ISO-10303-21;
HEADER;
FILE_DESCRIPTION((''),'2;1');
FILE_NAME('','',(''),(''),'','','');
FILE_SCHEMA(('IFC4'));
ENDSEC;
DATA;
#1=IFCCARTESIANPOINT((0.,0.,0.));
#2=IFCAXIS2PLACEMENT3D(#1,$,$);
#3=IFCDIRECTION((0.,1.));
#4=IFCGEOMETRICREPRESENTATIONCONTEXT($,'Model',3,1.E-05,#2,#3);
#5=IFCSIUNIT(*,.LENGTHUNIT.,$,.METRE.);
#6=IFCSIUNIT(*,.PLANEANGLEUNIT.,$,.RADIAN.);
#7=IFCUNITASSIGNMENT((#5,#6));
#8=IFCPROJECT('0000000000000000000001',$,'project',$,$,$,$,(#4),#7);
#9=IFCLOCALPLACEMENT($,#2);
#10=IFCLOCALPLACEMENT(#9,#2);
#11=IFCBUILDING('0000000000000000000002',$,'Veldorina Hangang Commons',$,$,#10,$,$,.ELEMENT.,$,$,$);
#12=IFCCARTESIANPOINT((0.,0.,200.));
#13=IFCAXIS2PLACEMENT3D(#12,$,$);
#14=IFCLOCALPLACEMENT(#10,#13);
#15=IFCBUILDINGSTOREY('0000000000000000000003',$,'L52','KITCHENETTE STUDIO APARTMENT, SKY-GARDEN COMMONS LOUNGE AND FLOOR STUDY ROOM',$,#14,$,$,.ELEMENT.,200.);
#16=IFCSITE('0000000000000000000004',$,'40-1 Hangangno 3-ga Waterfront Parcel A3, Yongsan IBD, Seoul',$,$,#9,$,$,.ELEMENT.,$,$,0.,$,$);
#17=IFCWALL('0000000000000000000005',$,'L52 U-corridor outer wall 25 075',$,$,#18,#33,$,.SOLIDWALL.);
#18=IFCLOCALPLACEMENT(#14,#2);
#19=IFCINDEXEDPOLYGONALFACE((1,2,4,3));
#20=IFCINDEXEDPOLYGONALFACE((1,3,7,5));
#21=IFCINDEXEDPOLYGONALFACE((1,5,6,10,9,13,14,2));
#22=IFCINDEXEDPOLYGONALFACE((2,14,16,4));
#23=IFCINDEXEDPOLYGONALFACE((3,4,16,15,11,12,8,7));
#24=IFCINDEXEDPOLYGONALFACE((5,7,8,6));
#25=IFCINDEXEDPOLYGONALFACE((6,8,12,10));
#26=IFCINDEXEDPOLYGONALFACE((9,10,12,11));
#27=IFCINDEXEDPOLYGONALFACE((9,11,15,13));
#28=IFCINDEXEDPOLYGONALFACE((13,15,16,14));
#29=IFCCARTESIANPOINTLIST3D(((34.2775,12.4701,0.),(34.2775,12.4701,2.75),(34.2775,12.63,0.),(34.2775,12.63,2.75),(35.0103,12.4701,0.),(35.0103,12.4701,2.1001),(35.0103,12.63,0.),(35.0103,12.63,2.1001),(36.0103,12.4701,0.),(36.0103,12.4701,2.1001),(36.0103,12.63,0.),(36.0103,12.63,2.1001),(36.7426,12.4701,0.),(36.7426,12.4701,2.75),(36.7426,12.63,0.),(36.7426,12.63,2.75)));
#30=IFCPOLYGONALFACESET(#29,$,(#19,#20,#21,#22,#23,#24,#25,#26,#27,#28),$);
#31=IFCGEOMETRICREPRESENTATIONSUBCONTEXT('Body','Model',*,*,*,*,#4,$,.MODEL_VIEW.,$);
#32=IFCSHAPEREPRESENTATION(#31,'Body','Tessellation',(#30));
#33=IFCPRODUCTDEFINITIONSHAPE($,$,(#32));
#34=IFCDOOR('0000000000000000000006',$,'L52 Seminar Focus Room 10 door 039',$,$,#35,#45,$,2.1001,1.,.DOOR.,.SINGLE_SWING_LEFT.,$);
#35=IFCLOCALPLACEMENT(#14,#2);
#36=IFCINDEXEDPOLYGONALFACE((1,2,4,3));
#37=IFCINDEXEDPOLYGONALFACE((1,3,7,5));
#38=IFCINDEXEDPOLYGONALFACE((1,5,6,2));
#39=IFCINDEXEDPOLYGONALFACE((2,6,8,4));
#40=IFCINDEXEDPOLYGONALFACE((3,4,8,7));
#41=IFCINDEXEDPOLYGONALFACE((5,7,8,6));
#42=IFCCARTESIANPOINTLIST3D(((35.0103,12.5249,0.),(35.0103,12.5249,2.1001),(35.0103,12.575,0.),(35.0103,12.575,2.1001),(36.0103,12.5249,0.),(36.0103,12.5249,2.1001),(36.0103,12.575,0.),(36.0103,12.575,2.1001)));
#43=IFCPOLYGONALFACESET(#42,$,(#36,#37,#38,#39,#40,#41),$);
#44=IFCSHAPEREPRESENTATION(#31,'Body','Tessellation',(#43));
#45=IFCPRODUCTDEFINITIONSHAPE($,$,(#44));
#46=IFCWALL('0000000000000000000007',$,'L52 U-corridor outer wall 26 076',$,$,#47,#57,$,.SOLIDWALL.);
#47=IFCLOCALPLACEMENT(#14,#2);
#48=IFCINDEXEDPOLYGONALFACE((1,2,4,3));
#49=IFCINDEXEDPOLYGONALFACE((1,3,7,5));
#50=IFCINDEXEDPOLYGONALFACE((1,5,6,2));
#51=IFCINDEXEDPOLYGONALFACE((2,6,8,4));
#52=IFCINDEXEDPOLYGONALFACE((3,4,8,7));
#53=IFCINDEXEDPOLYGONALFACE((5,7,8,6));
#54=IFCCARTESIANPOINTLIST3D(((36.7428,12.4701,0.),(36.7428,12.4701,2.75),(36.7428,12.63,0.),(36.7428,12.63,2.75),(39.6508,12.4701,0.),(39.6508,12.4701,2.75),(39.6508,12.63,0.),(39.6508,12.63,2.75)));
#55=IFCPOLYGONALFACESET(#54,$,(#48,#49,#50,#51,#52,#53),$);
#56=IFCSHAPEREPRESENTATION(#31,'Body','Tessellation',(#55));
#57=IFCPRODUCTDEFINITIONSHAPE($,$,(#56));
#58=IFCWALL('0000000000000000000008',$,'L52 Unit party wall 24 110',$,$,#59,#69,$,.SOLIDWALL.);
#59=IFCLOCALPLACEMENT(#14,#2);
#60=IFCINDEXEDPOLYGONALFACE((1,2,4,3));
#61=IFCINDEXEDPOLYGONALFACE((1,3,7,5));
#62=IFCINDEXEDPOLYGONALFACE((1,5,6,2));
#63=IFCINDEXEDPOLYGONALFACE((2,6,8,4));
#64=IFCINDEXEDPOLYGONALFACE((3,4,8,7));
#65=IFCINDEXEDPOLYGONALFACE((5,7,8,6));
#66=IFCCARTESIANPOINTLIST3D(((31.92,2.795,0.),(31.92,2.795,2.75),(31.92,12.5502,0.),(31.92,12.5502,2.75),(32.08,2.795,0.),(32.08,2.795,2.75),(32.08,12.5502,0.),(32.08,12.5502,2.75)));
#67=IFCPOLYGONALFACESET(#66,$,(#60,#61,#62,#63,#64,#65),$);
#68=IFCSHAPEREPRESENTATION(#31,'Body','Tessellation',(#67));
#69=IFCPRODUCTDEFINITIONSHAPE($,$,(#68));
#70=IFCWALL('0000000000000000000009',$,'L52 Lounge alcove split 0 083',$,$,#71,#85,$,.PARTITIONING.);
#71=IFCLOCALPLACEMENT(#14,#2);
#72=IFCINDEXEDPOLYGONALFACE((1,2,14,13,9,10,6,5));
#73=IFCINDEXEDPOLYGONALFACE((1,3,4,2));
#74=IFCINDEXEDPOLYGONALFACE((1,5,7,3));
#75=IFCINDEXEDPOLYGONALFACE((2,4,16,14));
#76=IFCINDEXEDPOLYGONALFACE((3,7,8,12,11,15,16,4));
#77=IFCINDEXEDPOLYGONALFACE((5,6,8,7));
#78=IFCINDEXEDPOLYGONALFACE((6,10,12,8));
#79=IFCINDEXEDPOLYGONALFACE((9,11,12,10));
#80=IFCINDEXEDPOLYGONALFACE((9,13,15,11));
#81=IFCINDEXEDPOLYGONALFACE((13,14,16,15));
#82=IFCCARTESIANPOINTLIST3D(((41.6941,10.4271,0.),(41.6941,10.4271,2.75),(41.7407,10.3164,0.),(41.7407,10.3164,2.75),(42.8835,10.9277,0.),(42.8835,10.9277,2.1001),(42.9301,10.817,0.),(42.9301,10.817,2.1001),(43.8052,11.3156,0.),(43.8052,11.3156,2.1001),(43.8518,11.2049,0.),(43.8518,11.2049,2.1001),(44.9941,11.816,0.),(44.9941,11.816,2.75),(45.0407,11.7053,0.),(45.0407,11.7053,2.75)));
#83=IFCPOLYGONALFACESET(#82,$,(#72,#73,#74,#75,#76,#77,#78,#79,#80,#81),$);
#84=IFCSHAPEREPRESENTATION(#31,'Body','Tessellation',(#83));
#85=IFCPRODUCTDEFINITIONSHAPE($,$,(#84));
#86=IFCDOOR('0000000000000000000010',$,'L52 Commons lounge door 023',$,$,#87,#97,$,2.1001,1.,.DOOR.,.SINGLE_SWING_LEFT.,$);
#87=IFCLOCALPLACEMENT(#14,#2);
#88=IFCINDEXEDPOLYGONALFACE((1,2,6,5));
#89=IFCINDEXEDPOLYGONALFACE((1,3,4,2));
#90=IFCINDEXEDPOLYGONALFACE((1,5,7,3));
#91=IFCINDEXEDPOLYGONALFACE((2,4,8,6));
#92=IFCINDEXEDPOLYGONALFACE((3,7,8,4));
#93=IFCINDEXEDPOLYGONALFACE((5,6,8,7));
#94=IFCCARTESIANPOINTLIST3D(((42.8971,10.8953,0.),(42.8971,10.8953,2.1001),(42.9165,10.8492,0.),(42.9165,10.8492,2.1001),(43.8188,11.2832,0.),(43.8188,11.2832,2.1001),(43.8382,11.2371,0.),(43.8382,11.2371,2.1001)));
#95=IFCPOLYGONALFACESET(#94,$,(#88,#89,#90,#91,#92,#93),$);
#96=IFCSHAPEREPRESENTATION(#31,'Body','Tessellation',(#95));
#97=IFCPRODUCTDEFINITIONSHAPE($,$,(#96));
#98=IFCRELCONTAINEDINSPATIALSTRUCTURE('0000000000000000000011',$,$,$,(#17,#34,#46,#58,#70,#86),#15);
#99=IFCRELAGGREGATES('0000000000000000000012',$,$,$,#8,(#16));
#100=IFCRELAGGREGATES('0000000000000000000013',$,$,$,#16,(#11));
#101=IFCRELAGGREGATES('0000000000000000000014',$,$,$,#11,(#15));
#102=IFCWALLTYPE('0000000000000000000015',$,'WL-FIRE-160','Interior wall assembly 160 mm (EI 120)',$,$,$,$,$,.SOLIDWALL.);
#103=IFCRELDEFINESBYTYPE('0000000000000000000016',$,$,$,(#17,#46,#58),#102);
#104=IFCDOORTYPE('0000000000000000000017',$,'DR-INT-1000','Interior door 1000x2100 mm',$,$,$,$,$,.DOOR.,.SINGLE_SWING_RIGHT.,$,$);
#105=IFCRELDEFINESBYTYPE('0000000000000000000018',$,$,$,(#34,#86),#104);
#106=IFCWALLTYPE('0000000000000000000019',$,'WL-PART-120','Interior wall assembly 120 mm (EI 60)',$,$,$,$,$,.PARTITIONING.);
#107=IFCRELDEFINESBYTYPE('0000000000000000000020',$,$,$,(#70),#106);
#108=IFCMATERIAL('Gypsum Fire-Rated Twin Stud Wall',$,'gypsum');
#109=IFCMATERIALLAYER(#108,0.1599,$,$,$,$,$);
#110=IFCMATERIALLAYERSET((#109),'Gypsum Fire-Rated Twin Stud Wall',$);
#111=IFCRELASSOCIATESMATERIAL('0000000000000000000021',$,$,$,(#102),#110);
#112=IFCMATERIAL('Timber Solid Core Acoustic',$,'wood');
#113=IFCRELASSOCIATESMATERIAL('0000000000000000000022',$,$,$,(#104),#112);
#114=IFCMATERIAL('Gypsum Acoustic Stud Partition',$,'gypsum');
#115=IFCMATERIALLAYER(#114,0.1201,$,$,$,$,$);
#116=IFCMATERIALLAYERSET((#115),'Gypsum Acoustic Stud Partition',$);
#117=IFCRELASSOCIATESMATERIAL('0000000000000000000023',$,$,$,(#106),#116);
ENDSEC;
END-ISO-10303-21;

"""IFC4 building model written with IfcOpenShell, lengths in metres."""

from ifc_helpers import new_model, si_unit, direction, frame, frame_2d, origin, place, context, subcontext, project, spatial, rectangle, extrude, material, layer, layer_set, type_object, element, fill, save


model = new_model("IFC4")

# Units and contexts
model_context = context("Model", 3, precision=1e-05, world=origin(), true_north=direction((0.0, 1.0)))
body_context = subcontext(model_context, "Body", "Model", "MODEL_VIEW")
ifc_project = project(units=[si_unit("LENGTHUNIT", "METRE"), si_unit("PLANEANGLEUNIT", "RADIAN")], contexts=[model_context])

# Site, building, storey
site_placement = place(None, origin())
site = spatial("IfcSite", under=ifc_project, at=site_placement, Name="40-1 Hangangno 3-ga Waterfront Parcel A3, Yongsan IBD, Seoul", CompositionType="ELEMENT", RefElevation=0.0)
building_placement = place(site_placement, origin())
building = spatial("IfcBuilding", under=site, at=building_placement, Name="Veldorina Hangang Commons", CompositionType="ELEMENT")
storey_placement = place(building_placement, frame((0.0, 0.0, 200.0)))
storey = spatial("IfcBuildingStorey", under=building, at=storey_placement, Name="L52", Description="KITCHENETTE STUDIO APARTMENT, SKY-GARDEN COMMONS LOUNGE AND FLOOR STUDY ROOM", CompositionType="ELEMENT", Elevation=200.0)

# Shared definitions
ifc_material_1 = material(Name="Gypsum Fire-Rated Twin Stud Wall", Category="gypsum")
ifc_layer_1 = layer(ifc_material_1, 0.1599)
ifc_layer_set_1 = layer_set([ifc_layer_1], Name="Gypsum Fire-Rated Twin Stud Wall")
wall_type_1 = type_object("IfcWallType", Name="WL-FIRE-160", Description="Interior wall assembly 160 mm (EI 120)", PredefinedType="SOLIDWALL", material=ifc_layer_set_1)

# Wall, opening, door
wall_1_placement = place(storey_placement, frame((34.2776, 12.55, 0.0), z_axis=(0.0, 0.0, 1.0), x_axis=(1.0, 0.0, 0.0)))
wall_1 = element("IfcWall", 1, at=wall_1_placement, inside=storey, type_object=wall_type_1, Name="L52 U-corridor outer wall 25 075", PredefinedType="SOLIDWALL", context=body_context, shape_type="SweptSolid", body=[
    extrude(rectangle(XDim=2.4651, YDim=0.1599, at=frame_2d((1.2324, 0.0))), origin(), (0.0, 0.0, 1.0), 2.75),
])
opening_1_placement = place(wall_1_placement, frame((0.7327, 0.0, 0.0)))
opening_1 = element("IfcOpeningElement", 2, at=opening_1_placement, cuts=wall_1, PredefinedType="OPENING", context=body_context, shape_type="SweptSolid", body=[
    extrude(rectangle(XDim=1.0, YDim=2.1001, at=frame_2d((0.5, 1.05))), frame((0.0, 0.0898, 0.0), z_axis=(0.0, -1.0, 0.0), x_axis=(1.0, 0.0, 0.0)), (0.0, 0.0, 1.0), 0.1799),
])
ifc_material_2 = material(Name="Timber Solid Core Acoustic", Category="wood")
door_type_1 = type_object("IfcDoorType", Name="DR-INT-1000", Description="Interior door 1000x2100 mm", OperationType="SINGLE_SWING_RIGHT", PredefinedType="DOOR", material=ifc_material_2)
door_1_placement = place(opening_1_placement, origin())
door_1 = element("IfcDoor", 3, at=door_1_placement, inside=storey, type_object=door_type_1, Name="L52 Seminar Focus Room 10 door 039", OperationType="SINGLE_SWING_LEFT", OverallHeight=2.1001, OverallWidth=1.0, PredefinedType="DOOR", context=body_context, shape_type="SweptSolid", body=[
    extrude(rectangle(XDim=1.0, YDim=2.1001, at=frame_2d((0.5, 1.05))), frame((0.0, 0.0249, 0.0), z_axis=(0.0, -1.0, 0.0), x_axis=(1.0, 0.0, 0.0)), (0.0, 0.0, 1.0), 0.05),
])
fill(opening_1, door_1)

# Walls
wall_2_placement = place(storey_placement, frame((36.7427, 12.55, 0.0), z_axis=(0.0, 0.0, 1.0), x_axis=(1.0, 0.0, 0.0)))
element("IfcWall", 4, at=wall_2_placement, inside=storey, type_object=wall_type_1, Name="L52 U-corridor outer wall 26 076", PredefinedType="SOLIDWALL", context=body_context, shape_type="SweptSolid", body=[
    extrude(rectangle(XDim=2.908, YDim=0.1599, at=frame_2d((1.4541, 0.0))), origin(), (0.0, 0.0, 1.0), 2.75),
])
wall_3_placement = place(storey_placement, frame((32.0, 12.55, 0.0), z_axis=(0.0, 0.0, 1.0), x_axis=(0.0, -1.0, 0.0)))
element("IfcWall", 5, at=wall_3_placement, inside=storey, type_object=wall_type_1, Name="L52 Unit party wall 24 110", PredefinedType="SOLIDWALL", context=body_context, shape_type="SweptSolid", body=[
    extrude(rectangle(XDim=9.7551, YDim=0.1599, at=frame_2d((4.8774, 0.0))), origin(), (0.0, 0.0, 1.0), 2.75),
])

# Wall, opening, door
ifc_material_3 = material(Name="Gypsum Acoustic Stud Partition", Category="gypsum")
ifc_layer_2 = layer(ifc_material_3, 0.1201)
ifc_layer_set_2 = layer_set([ifc_layer_2], Name="Gypsum Acoustic Stud Partition")
wall_type_2 = type_object("IfcWallType", Name="WL-PART-120", Description="Interior wall assembly 120 mm (EI 60)", PredefinedType="PARTITIONING", material=ifc_layer_set_2)
wall_4_placement = place(storey_placement, frame((41.7175, 10.3718, 0.0), z_axis=(0.0, 0.0, 1.0), x_axis=(0.921693, 0.38792, 0.0)))
wall_4 = element("IfcWall", 6, at=wall_4_placement, inside=storey, type_object=wall_type_2, Name="L52 Lounge alcove split 0 083", PredefinedType="PARTITIONING", context=body_context, shape_type="SweptSolid", body=[
    extrude(rectangle(XDim=3.5803, YDim=0.1201, at=frame_2d((1.79, 0.0))), origin(), (0.0, 0.0, 1.0), 2.75),
])
opening_2_placement = place(wall_4_placement, frame((1.2903, 0.0, 0.0)))
opening_2 = element("IfcOpeningElement", 7, at=opening_2_placement, cuts=wall_4, PredefinedType="OPENING", context=body_context, shape_type="SweptSolid", body=[
    extrude(rectangle(XDim=1.0, YDim=2.1001, at=frame_2d((0.5, 1.05))), frame((0.0, 0.0701, 0.0), z_axis=(0.0, -1.0, 0.0), x_axis=(1.0, 0.0, 0.0)), (0.0, 0.0, 1.0), 0.1401),
])
door_2_placement = place(opening_2_placement, origin())
door_2 = element("IfcDoor", 8, at=door_2_placement, inside=storey, type_object=door_type_1, Name="L52 Commons lounge door 023", OperationType="SINGLE_SWING_LEFT", OverallHeight=2.1001, OverallWidth=1.0, PredefinedType="DOOR", context=body_context, shape_type="SweptSolid", body=[
    extrude(rectangle(XDim=1.0, YDim=2.1001, at=frame_2d((0.5, 1.05))), frame((0.0, 0.0249, 0.0), z_axis=(0.0, -1.0, 0.0), x_axis=(1.0, 0.0, 0.0)), (0.0, 0.0, 1.0), 0.05),
])
fill(opening_2, door_2)

save(model, "model.ifc")
